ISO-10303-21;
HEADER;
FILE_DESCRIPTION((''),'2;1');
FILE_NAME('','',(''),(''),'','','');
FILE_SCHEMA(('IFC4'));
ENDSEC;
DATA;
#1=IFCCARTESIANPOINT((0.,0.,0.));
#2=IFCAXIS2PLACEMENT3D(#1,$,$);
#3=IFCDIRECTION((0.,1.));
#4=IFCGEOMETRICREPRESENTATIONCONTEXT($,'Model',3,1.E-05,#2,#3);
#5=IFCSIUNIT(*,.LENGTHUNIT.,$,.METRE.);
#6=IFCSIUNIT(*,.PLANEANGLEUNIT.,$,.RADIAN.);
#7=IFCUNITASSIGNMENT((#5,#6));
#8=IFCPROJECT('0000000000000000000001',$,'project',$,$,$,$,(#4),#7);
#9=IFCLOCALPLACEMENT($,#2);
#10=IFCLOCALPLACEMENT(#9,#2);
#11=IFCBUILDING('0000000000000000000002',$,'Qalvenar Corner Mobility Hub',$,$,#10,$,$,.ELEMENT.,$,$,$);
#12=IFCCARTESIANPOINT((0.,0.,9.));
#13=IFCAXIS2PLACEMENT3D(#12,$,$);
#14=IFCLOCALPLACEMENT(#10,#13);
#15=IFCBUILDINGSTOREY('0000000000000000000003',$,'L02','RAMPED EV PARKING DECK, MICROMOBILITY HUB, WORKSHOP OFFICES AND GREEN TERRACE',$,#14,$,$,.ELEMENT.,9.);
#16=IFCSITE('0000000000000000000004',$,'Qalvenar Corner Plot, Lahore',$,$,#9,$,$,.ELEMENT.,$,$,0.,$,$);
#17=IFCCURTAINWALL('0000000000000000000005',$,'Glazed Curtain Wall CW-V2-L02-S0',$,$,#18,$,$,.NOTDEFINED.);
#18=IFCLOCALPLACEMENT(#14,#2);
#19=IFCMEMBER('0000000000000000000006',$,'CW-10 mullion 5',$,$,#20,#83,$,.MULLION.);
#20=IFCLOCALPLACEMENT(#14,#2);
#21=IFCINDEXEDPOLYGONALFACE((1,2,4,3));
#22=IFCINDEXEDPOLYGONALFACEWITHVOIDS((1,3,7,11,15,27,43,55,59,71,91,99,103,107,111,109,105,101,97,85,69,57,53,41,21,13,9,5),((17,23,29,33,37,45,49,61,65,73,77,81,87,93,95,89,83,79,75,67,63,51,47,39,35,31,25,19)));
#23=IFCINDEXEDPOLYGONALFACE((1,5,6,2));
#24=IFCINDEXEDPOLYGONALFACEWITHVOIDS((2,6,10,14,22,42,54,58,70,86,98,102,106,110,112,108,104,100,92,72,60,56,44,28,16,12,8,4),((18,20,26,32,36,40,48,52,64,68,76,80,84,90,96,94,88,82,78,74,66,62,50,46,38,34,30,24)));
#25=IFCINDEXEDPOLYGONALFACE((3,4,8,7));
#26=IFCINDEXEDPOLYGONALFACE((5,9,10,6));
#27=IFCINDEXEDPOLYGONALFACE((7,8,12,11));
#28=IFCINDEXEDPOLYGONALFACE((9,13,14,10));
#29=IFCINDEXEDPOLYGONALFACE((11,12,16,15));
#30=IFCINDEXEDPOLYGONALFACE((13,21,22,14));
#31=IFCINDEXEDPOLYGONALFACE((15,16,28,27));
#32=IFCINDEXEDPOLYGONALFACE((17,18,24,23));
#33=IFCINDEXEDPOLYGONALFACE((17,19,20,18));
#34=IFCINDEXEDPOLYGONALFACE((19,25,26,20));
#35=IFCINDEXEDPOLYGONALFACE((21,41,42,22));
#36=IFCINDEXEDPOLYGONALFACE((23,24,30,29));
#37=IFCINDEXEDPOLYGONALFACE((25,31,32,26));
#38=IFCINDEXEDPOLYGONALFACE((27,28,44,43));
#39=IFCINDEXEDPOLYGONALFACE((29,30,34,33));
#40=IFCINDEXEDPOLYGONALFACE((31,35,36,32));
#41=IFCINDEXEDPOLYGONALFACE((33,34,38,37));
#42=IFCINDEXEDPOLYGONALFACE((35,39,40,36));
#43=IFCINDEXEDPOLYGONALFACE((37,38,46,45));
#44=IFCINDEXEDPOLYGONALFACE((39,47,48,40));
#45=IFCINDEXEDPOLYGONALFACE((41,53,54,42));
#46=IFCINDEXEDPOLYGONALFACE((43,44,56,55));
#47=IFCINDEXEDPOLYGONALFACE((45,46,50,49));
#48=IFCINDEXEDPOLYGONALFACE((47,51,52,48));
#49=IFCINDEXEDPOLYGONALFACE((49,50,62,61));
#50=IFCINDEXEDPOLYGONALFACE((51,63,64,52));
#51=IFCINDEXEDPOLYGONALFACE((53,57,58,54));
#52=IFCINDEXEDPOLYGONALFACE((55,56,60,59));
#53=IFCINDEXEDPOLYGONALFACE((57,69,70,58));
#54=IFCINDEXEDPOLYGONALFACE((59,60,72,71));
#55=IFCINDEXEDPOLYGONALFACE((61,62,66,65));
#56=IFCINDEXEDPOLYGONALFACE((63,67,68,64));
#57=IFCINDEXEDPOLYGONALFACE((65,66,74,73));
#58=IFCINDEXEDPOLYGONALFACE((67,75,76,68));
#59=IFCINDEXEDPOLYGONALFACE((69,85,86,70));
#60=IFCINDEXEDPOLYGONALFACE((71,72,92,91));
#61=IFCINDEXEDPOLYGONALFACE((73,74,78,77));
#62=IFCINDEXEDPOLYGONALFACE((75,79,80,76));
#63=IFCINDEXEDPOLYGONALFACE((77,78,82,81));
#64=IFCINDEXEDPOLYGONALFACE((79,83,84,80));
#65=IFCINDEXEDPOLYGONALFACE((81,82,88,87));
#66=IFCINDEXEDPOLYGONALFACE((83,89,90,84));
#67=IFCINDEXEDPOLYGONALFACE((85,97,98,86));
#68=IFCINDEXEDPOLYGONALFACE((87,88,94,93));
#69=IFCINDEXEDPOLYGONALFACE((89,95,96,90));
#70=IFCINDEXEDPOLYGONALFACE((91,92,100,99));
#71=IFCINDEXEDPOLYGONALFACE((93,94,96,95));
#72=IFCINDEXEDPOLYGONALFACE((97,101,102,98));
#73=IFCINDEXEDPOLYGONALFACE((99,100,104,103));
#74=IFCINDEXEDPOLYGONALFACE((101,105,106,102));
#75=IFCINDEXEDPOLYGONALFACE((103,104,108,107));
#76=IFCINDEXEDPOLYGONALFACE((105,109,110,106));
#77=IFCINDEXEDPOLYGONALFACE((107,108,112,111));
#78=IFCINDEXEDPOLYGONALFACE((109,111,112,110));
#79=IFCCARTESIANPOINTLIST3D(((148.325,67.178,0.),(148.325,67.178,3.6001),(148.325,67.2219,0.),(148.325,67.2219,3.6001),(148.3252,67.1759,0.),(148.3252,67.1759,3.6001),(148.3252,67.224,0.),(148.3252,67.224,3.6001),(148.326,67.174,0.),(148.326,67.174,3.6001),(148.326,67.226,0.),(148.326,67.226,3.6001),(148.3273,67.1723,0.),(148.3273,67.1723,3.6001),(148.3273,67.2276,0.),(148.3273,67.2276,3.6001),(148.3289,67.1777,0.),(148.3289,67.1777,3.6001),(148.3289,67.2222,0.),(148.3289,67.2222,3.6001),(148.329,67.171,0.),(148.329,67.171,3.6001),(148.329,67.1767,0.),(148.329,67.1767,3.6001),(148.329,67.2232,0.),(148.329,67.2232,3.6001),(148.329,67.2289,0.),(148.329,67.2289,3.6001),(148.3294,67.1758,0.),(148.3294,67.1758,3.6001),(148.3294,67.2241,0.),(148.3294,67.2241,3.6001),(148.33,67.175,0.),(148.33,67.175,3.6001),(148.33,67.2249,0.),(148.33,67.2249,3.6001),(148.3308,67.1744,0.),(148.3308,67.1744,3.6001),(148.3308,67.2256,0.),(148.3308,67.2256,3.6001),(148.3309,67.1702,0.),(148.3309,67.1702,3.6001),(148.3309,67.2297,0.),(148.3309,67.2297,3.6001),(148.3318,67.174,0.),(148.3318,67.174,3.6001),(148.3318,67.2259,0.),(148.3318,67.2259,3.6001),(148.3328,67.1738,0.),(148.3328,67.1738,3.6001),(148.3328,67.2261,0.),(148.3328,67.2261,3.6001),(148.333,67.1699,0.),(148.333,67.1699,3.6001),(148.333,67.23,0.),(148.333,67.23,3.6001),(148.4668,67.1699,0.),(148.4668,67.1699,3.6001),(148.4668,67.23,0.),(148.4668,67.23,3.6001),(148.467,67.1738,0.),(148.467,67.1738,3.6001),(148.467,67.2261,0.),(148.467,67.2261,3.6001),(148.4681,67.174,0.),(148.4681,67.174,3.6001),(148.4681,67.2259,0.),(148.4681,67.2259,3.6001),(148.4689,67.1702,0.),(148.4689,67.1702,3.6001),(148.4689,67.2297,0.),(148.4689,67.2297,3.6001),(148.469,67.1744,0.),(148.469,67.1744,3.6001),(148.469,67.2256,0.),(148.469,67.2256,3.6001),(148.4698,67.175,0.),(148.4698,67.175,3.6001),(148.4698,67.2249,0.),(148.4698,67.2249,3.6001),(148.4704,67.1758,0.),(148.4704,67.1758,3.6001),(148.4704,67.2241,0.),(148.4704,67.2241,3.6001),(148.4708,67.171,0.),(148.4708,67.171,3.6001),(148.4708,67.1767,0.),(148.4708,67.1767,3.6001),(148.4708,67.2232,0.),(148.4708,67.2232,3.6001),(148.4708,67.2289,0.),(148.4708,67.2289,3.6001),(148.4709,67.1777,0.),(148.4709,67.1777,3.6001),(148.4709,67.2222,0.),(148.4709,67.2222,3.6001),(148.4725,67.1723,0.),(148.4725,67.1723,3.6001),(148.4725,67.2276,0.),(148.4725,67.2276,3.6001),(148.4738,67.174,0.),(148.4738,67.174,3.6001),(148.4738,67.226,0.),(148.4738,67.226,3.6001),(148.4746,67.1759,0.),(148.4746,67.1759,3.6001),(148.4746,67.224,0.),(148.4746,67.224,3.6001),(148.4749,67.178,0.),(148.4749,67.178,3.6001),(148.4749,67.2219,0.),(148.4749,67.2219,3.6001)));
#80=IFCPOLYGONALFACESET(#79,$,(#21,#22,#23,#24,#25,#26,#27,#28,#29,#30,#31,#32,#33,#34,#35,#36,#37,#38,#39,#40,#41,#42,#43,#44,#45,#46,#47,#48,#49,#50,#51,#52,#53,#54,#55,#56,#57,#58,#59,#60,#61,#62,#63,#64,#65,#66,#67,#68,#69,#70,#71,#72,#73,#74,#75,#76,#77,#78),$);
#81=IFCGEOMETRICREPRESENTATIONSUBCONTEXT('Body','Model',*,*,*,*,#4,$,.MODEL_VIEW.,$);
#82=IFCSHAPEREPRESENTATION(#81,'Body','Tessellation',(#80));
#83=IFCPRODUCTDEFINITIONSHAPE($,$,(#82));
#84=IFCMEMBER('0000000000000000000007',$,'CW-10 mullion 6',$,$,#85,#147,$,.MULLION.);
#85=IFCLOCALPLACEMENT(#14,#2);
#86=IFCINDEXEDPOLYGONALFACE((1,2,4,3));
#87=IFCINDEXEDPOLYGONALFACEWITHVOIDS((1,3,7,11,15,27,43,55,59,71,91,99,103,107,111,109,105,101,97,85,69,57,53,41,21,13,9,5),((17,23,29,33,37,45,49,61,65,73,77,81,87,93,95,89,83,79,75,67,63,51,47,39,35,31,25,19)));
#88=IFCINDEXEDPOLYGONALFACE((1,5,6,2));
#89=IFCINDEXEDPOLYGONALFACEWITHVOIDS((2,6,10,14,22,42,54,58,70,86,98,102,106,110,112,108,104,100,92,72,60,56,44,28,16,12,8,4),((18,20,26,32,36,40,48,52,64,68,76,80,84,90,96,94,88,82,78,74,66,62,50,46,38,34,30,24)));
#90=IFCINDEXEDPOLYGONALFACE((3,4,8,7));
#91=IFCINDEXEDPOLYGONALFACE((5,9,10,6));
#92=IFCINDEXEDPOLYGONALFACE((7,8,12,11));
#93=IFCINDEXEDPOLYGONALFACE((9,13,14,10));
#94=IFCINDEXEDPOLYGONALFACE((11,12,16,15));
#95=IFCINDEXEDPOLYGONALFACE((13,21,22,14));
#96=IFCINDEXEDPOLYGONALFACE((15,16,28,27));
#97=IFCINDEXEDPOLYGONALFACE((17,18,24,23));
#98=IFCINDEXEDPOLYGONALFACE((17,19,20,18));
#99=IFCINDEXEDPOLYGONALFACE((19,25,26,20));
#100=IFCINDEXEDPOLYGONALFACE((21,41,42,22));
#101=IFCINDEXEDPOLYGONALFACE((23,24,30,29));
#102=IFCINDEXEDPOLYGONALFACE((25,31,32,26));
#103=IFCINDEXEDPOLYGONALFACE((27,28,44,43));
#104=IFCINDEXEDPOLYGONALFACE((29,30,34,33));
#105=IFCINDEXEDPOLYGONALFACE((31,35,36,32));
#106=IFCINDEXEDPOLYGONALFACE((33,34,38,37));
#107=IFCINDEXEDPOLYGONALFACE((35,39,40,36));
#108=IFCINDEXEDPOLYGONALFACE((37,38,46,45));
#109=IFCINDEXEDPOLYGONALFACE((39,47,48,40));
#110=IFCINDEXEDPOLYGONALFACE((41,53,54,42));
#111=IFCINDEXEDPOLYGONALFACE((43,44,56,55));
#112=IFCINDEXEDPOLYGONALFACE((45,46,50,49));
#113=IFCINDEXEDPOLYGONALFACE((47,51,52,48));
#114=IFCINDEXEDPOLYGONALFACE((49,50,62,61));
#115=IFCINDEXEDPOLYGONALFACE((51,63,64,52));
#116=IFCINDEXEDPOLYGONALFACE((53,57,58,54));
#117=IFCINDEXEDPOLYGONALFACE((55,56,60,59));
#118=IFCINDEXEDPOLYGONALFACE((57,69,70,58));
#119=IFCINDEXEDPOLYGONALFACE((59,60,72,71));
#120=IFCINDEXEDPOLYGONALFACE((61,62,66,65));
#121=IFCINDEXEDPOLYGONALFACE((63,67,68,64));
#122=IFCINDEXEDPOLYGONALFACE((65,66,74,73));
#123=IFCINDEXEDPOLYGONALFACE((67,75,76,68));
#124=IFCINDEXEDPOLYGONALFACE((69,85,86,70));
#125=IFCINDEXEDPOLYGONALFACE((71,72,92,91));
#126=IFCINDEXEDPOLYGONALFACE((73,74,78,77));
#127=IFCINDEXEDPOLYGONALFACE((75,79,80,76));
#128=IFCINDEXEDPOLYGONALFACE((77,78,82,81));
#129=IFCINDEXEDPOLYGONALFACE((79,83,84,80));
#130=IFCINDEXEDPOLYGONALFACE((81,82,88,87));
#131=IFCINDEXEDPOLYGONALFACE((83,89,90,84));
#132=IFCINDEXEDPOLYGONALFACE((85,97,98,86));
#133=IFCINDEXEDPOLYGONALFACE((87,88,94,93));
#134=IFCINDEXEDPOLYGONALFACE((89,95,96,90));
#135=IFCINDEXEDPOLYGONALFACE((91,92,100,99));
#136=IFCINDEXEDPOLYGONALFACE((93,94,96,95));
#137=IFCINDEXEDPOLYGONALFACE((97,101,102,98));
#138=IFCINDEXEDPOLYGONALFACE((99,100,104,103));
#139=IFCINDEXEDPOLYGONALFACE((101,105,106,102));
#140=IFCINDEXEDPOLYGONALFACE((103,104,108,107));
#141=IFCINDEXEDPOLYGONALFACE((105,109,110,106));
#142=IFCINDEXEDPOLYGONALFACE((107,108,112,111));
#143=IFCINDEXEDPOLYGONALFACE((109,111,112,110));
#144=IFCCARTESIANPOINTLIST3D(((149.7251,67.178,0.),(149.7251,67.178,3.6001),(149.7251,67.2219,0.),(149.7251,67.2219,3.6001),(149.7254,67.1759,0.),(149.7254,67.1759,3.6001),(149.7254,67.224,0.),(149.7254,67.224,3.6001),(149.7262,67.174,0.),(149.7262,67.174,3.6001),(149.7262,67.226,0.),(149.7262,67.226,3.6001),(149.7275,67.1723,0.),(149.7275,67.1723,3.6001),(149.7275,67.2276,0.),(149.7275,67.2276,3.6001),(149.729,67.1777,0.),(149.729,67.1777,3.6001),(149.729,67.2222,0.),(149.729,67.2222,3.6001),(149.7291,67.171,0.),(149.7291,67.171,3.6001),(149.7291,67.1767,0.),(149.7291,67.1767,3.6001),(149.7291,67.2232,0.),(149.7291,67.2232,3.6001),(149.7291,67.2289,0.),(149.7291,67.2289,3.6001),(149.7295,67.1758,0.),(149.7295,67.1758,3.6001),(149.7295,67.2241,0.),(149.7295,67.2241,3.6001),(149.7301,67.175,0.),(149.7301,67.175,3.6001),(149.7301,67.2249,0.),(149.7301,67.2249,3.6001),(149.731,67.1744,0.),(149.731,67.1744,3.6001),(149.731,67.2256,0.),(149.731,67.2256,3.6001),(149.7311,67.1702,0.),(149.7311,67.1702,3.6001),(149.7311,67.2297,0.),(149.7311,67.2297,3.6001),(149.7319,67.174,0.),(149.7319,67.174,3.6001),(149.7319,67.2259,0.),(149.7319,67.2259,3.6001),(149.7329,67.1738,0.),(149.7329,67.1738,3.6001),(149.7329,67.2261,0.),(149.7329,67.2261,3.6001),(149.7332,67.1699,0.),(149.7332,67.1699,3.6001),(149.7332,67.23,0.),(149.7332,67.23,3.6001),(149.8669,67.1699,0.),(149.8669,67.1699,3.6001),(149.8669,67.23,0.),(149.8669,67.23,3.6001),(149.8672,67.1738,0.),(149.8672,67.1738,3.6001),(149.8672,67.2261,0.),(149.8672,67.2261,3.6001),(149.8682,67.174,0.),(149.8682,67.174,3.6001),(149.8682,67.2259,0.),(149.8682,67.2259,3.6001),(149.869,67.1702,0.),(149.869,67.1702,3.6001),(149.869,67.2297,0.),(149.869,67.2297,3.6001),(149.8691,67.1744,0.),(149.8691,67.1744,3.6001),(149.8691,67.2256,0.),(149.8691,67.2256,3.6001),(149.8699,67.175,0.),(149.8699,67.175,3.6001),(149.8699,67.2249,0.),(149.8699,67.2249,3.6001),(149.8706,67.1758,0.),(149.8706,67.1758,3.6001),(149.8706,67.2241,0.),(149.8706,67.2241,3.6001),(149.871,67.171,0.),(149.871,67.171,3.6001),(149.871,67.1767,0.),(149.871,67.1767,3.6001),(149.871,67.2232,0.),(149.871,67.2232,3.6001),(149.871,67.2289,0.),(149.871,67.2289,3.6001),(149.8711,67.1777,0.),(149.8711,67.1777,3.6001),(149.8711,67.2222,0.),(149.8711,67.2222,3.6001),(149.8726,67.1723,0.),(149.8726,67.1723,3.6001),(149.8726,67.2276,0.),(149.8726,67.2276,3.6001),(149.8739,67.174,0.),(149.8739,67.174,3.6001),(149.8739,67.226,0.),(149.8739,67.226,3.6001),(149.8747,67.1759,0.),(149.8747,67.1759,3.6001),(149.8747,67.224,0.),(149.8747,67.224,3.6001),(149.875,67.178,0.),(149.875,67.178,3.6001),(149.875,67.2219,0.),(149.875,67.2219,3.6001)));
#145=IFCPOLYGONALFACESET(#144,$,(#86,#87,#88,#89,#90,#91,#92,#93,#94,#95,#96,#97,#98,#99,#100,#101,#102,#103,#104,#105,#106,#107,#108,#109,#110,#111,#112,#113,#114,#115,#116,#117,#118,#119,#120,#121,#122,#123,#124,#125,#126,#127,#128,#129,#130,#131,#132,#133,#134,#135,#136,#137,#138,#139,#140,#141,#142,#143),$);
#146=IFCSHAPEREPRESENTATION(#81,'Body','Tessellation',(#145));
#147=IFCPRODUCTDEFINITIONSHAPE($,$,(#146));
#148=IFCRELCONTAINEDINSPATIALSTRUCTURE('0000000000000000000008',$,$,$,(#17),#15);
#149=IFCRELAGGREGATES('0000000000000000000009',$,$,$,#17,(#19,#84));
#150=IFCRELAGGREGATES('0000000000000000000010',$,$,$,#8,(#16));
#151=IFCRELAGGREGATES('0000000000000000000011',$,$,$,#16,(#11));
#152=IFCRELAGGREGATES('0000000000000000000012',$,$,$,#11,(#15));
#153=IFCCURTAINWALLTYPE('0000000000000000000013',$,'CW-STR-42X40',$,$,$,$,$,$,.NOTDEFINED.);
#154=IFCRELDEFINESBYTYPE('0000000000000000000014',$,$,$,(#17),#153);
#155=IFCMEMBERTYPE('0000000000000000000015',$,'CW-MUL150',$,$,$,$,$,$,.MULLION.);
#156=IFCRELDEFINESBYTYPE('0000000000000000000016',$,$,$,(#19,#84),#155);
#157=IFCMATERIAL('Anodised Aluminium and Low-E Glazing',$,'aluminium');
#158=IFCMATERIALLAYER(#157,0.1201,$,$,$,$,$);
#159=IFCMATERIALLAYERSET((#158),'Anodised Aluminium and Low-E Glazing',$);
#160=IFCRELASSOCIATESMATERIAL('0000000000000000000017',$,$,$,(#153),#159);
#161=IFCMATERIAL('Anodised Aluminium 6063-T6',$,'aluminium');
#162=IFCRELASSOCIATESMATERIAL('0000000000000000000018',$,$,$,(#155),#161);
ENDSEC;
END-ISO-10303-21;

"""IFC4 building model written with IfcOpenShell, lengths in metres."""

from ifc_helpers import new_model, si_unit, direction, frame, origin, origin_2d, place, context, subcontext, project, spatial, hollow_rectangle, extrude, material, layer, layer_set, material_profile, profile_set, type_object, element, aggregate, save


model = new_model("IFC4")

# Units and contexts
model_context = context("Model", 3, precision=1e-05, world=origin(), true_north=direction((0.0, 1.0)))
body_context = subcontext(model_context, "Body", "Model", "MODEL_VIEW")
ifc_project = project(units=[si_unit("LENGTHUNIT", "METRE"), si_unit("PLANEANGLEUNIT", "RADIAN")], contexts=[model_context])

# Site, building, storey
site_placement = place(None, origin())
site = spatial("IfcSite", under=ifc_project, at=site_placement, Name="Qalvenar Corner Plot, Lahore", CompositionType="ELEMENT", RefElevation=0.0)
building_placement = place(site_placement, origin())
building = spatial("IfcBuilding", under=site, at=building_placement, Name="Qalvenar Corner Mobility Hub", CompositionType="ELEMENT")
storey_placement = place(building_placement, frame((0.0, 0.0, 9.0)))
storey = spatial("IfcBuildingStorey", under=building, at=storey_placement, Name="L02", Description="RAMPED EV PARKING DECK, MICROMOBILITY HUB, WORKSHOP OFFICES AND GREEN TERRACE", CompositionType="ELEMENT", Elevation=9.0)

# Curtain wall, members
ifc_material_1 = material(Name="Anodised Aluminium and Low-E Glazing", Category="aluminium")
ifc_layer_1 = layer(ifc_material_1, 0.1201)
ifc_layer_set_1 = layer_set([ifc_layer_1], Name="Anodised Aluminium and Low-E Glazing")
curtain_wall_type = type_object("IfcCurtainWallType", Name="CW-STR-42X40", PredefinedType="NOTDEFINED", material=ifc_layer_set_1)
curtain_wall_1_placement = place(storey_placement, origin())
curtain_wall_1 = element("IfcCurtainWall", 1, at=curtain_wall_1_placement, inside=storey, type_object=curtain_wall_type, Name="Glazed Curtain Wall CW-V2-L02-S0", PredefinedType="NOTDEFINED")
ifc_material_2 = material(Name="Anodised Aluminium 6063-T6", Category="aluminium")
ifc_material_profile_1 = material_profile(ifc_material_2, hollow_rectangle(XDim=0.0601, YDim=0.1499, WallThickness=0.0039, InnerFilletRadius=0.0039, OuterFilletRadius=0.0081, at=origin_2d()), Name="RHS150x60x4")
ifc_profile_set_1 = profile_set([ifc_material_profile_1], Name="Anodised Aluminium 6063-T6")
member_type_1 = type_object("IfcMemberType", Name="CW-MUL150", PredefinedType="MULLION", material=ifc_profile_set_1)
member_1_placement = place(storey_placement, frame((148.3999, 67.2, 0.0), z_axis=(0.0, 0.0, 1.0), x_axis=(0.0, 1.0, 0.0)))
member_1 = element("IfcMember", 2, at=member_1_placement, type_object=member_type_1, Name="CW-10 mullion 5", PredefinedType="MULLION", context=body_context, shape_type="SweptSolid", body=[
    extrude(hollow_rectangle(XDim=0.0601, YDim=0.1499, WallThickness=0.0039, InnerFilletRadius=0.0039, OuterFilletRadius=0.0081, at=origin_2d()), origin(), (0.0, 0.0, 1.0), 3.6001),
])
member_2_placement = place(storey_placement, frame((149.8, 67.2, 0.0), z_axis=(0.0, 0.0, 1.0), x_axis=(0.0, 1.0, 0.0)))
member_2 = element("IfcMember", 3, at=member_2_placement, type_object=member_type_1, Name="CW-10 mullion 6", PredefinedType="MULLION", context=body_context, shape_type="SweptSolid", body=[
    extrude(hollow_rectangle(XDim=0.0601, YDim=0.1499, WallThickness=0.0039, InnerFilletRadius=0.0039, OuterFilletRadius=0.0081, at=origin_2d()), origin(), (0.0, 0.0, 1.0), 3.6001),
])

aggregate(curtain_wall_1, [member_1, member_2])

save(model, "model.ifc")
